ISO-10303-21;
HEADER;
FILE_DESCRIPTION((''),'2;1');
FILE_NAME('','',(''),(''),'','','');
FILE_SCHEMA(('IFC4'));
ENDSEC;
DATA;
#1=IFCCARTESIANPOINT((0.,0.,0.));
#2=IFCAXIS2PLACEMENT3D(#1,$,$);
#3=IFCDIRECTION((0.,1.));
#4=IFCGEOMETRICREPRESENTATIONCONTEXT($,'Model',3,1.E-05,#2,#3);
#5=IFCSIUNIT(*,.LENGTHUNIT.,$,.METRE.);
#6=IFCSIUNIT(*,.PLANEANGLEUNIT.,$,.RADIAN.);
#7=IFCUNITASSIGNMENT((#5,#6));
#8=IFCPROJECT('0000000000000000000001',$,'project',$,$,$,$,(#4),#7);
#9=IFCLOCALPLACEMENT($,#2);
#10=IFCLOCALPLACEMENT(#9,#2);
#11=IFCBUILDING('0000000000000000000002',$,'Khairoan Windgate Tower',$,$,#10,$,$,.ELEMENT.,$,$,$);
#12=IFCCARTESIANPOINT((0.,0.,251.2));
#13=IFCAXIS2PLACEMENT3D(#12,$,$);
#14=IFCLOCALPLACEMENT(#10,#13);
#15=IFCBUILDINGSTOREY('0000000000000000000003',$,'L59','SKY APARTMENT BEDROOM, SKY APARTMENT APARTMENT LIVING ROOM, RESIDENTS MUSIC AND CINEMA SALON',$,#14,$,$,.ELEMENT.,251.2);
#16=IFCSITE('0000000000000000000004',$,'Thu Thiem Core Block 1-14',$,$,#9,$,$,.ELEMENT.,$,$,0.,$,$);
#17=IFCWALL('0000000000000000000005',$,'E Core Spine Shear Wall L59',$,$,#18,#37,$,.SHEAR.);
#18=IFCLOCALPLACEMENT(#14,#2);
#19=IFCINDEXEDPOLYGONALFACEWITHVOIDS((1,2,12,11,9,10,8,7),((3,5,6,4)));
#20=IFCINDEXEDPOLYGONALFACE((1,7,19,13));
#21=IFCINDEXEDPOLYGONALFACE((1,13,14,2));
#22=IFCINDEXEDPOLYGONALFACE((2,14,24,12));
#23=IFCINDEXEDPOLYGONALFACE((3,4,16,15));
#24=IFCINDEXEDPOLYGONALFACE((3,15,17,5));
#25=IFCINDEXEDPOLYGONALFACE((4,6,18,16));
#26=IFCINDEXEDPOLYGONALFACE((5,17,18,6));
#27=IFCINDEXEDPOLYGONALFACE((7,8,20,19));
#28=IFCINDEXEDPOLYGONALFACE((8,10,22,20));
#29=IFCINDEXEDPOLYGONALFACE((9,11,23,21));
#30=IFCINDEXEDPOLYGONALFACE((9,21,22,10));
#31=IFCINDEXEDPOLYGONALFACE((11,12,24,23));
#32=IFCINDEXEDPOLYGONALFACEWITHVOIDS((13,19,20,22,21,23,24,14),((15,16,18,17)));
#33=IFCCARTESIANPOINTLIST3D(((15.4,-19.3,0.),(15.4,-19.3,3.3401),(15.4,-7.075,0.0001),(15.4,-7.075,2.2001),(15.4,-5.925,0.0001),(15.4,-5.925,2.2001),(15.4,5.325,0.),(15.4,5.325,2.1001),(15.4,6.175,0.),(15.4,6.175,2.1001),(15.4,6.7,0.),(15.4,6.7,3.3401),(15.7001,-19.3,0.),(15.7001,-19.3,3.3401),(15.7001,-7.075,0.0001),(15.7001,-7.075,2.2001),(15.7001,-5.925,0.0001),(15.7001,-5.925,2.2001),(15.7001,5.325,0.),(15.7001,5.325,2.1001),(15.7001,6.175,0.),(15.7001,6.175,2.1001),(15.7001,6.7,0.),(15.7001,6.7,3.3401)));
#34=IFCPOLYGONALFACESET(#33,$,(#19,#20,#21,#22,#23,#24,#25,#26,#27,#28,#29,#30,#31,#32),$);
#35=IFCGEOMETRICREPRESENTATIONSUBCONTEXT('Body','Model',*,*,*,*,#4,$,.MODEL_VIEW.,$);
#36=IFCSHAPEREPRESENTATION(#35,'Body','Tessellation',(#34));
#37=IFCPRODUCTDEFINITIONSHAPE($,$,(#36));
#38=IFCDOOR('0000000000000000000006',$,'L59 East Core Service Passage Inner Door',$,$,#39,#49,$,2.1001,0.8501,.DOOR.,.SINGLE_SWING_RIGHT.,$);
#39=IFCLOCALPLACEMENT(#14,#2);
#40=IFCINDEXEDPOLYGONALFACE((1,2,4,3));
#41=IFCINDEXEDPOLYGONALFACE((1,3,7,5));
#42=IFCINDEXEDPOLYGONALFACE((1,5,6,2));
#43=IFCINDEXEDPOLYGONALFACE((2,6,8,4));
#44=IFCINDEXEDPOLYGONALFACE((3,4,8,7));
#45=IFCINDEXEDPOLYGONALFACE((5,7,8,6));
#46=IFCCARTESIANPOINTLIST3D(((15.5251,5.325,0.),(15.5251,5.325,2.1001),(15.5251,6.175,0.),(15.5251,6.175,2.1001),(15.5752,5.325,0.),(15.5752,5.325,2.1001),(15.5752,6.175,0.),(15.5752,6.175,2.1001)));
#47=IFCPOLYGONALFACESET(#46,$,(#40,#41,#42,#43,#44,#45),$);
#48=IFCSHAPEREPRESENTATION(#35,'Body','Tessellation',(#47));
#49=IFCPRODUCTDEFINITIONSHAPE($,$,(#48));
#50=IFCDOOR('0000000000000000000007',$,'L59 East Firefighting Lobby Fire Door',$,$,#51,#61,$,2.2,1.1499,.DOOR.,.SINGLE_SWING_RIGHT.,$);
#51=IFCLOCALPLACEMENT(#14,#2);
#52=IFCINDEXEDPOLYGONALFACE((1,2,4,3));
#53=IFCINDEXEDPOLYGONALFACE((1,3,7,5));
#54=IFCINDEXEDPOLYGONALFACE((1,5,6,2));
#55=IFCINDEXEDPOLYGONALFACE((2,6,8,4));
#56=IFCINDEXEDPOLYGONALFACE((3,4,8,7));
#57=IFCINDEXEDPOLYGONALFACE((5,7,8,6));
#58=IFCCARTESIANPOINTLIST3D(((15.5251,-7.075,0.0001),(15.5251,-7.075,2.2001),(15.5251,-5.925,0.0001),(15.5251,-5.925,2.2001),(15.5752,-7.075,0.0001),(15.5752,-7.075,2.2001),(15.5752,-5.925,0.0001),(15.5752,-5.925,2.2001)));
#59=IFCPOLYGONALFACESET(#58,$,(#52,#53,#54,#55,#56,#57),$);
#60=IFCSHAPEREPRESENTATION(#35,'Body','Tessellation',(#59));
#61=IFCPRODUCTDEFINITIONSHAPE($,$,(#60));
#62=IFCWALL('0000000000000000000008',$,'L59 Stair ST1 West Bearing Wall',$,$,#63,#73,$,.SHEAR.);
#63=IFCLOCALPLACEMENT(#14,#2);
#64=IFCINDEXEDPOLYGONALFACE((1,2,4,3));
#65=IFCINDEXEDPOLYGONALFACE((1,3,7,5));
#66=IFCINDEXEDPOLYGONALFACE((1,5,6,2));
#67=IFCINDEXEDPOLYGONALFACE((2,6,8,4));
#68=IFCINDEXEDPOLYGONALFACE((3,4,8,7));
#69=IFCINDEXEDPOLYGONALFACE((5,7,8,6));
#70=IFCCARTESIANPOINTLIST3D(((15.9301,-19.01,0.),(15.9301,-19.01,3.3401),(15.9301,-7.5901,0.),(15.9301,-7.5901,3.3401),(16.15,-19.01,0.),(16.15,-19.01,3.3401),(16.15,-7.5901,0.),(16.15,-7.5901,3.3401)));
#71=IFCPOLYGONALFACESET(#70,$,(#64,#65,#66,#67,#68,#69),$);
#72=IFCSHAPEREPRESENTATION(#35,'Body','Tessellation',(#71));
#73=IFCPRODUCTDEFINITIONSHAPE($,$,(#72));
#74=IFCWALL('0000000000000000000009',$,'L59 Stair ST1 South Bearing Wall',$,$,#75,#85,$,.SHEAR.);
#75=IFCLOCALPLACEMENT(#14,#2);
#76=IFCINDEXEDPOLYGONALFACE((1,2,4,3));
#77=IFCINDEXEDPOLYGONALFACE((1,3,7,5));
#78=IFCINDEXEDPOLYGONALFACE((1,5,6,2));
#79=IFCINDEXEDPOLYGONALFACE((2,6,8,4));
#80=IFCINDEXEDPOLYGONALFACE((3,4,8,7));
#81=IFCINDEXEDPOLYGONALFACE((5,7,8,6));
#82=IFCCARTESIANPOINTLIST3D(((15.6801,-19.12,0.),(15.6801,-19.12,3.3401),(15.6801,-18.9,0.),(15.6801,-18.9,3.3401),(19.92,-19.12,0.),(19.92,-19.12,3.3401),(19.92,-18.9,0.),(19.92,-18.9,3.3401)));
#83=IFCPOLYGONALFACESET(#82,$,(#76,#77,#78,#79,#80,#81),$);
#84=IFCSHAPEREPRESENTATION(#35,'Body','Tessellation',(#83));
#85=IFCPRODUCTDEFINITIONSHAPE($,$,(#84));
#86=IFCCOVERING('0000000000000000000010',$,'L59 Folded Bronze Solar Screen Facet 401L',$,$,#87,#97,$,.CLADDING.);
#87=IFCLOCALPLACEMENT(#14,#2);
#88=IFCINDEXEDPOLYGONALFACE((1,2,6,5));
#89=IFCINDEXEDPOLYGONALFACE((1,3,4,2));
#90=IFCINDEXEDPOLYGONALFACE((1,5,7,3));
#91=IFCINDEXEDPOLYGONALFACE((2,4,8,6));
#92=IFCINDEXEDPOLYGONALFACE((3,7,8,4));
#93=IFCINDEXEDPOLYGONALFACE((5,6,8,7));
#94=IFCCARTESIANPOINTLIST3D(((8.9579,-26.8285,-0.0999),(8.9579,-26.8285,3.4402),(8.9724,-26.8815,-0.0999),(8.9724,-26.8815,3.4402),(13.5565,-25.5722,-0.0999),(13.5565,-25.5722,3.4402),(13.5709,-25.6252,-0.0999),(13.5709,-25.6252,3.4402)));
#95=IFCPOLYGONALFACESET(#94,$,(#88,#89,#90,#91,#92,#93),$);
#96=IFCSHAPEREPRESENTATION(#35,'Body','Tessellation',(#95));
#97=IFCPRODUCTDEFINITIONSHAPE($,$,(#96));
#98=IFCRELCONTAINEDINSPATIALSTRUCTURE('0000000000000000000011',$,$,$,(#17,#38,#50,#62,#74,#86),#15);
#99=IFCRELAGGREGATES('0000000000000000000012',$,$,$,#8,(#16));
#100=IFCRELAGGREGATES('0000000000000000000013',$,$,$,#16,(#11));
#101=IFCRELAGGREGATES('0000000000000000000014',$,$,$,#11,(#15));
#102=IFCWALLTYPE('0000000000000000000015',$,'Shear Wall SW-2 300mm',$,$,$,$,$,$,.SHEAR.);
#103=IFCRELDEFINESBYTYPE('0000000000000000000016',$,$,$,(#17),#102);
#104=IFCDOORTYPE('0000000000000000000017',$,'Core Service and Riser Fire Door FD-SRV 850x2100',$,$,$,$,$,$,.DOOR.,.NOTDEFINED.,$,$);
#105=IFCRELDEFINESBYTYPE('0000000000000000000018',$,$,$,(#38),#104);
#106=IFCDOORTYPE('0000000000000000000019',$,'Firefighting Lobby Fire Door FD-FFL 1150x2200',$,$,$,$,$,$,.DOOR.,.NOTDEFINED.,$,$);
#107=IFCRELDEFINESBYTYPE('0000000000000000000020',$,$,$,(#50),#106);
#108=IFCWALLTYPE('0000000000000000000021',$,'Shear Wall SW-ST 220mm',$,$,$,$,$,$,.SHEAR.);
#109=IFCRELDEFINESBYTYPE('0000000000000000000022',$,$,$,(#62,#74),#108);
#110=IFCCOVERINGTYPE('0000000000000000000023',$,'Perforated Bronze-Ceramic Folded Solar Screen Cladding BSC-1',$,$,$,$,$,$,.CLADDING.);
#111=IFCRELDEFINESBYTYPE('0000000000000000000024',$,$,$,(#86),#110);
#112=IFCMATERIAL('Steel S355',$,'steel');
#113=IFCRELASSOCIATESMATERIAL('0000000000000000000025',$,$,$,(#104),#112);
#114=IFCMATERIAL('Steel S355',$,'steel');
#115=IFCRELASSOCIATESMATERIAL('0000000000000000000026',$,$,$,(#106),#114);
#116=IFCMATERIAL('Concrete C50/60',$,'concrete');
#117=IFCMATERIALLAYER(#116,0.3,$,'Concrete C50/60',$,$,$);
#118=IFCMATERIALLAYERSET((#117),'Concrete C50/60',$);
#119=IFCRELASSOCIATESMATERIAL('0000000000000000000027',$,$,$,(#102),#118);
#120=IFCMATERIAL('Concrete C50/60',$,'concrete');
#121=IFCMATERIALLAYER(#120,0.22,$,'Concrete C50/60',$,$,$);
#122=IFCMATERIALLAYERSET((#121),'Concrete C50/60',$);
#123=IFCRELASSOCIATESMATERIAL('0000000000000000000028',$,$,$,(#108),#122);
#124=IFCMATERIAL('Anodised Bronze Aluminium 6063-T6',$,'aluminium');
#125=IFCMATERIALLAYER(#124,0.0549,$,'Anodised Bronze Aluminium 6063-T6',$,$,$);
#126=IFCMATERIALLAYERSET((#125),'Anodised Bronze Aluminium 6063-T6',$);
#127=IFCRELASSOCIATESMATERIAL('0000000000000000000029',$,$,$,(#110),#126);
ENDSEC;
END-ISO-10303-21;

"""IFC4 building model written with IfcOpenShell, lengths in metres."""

from ifc_helpers import new_model, si_unit, direction, frame, frame_2d, origin, origin_2d, place, context, subcontext, project, spatial, rectangle, extrude, material, layer, layer_set, type_object, element, fill, save


model = new_model("IFC4")

# Units and contexts
model_context = context("Model", 3, precision=1e-05, world=origin(), true_north=direction((0.0, 1.0)))
body_context = subcontext(model_context, "Body", "Model", "MODEL_VIEW")
ifc_project = project(units=[si_unit("LENGTHUNIT", "METRE"), si_unit("PLANEANGLEUNIT", "RADIAN")], contexts=[model_context])

# Site, building, storey
site_placement = place(None, origin())
site = spatial("IfcSite", under=ifc_project, at=site_placement, Name="Thu Thiem Core Block 1-14", CompositionType="ELEMENT", RefElevation=0.0)
building_placement = place(site_placement, origin())
building = spatial("IfcBuilding", under=site, at=building_placement, Name="Khairoan Windgate Tower", CompositionType="ELEMENT")
storey_placement = place(building_placement, frame((0.0, 0.0, 251.2)))
storey = spatial("IfcBuildingStorey", under=building, at=storey_placement, Name="L59", Description="SKY APARTMENT BEDROOM, SKY APARTMENT APARTMENT LIVING ROOM, RESIDENTS MUSIC AND CINEMA SALON", CompositionType="ELEMENT", Elevation=251.2)

# Shared definitions
ifc_material_1 = material(Name="Steel S355", Category="steel")
door_type_1 = type_object("IfcDoorType", Name="Core Service and Riser Fire Door FD-SRV 850x2100", OperationType="NOTDEFINED", PredefinedType="DOOR", material=ifc_material_1)
ifc_material_2 = material(Name="Steel S355", Category="steel")
door_type_2 = type_object("IfcDoorType", Name="Firefighting Lobby Fire Door FD-FFL 1150x2200", OperationType="NOTDEFINED", PredefinedType="DOOR", material=ifc_material_2)

# Wall, openings, doors
ifc_material_3 = material(Name="Concrete C50/60", Category="concrete")
ifc_layer_1 = layer(ifc_material_3, 0.3, Name="Concrete C50/60")
ifc_layer_set_1 = layer_set([ifc_layer_1], Name="Concrete C50/60")
wall_type_1 = type_object("IfcWallType", Name="Shear Wall SW-2 300mm", PredefinedType="SHEAR", material=ifc_layer_set_1)
wall_1_placement = place(storey_placement, frame((15.55, -19.3, 0.0), z_axis=(0.0, 0.0, 1.0), x_axis=(0.0, 1.0, 0.0)))
wall_1 = element("IfcWall", 1, at=wall_1_placement, inside=storey, type_object=wall_type_1, Name="E Core Spine Shear Wall L59", PredefinedType="SHEAR", context=body_context, shape_type="SweptSolid", body=[
    extrude(rectangle(XDim=26.0, YDim=0.3, at=frame_2d((13.0, 0.0))), origin(), (0.0, 0.0, 1.0), 3.3401),
])
opening_1_placement = place(wall_1_placement, frame((12.2251, 0.0, 0.0)))
opening_1 = element("IfcOpeningElement", 2, at=opening_1_placement, cuts=wall_1, PredefinedType="OPENING", context=body_context, shape_type="SweptSolid", body=[
    extrude(rectangle(XDim=1.1499, YDim=2.2, at=frame_2d((0.575, 1.1001))), frame((0.0, 0.1599, 0.0), z_axis=(0.0, -1.0, 0.0), x_axis=(1.0, 0.0, 0.0)), (0.0, 0.0, 1.0), 0.3201),
])
opening_2_placement = place(wall_1_placement, frame((24.625, 0.0, 0.0)))
opening_2 = element("IfcOpeningElement", 3, at=opening_2_placement, cuts=wall_1, PredefinedType="OPENING", context=body_context, shape_type="SweptSolid", body=[
    extrude(rectangle(XDim=0.8501, YDim=2.1001, at=frame_2d((0.425, 1.05))), frame((0.0, 0.1599, 0.0), z_axis=(0.0, -1.0, 0.0), x_axis=(1.0, 0.0, 0.0)), (0.0, 0.0, 1.0), 0.3201),
])
door_1_placement = place(opening_2_placement, origin())
door_1 = element("IfcDoor", 4, at=door_1_placement, inside=storey, type_object=door_type_1, Name="L59 East Core Service Passage Inner Door", OperationType="SINGLE_SWING_RIGHT", OverallHeight=2.1001, OverallWidth=0.8501, PredefinedType="DOOR", context=body_context, shape_type="SweptSolid", body=[
    extrude(rectangle(XDim=0.8501, YDim=2.1001, at=frame_2d((0.425, 1.05))), frame((0.0, 0.0249, 0.0), z_axis=(0.0, -1.0, 0.0), x_axis=(1.0, 0.0, 0.0)), (0.0, 0.0, 1.0), 0.05),
])
fill(opening_2, door_1)
door_2_placement = place(opening_1_placement, origin())
door_2 = element("IfcDoor", 5, at=door_2_placement, inside=storey, type_object=door_type_2, Name="L59 East Firefighting Lobby Fire Door", OperationType="SINGLE_SWING_RIGHT", OverallHeight=2.2, OverallWidth=1.1499, PredefinedType="DOOR", context=body_context, shape_type="SweptSolid", body=[
    extrude(rectangle(XDim=1.1499, YDim=2.2, at=frame_2d((0.575, 1.1001))), frame((0.0, 0.0249, 0.0), z_axis=(0.0, -1.0, 0.0), x_axis=(1.0, 0.0, 0.0)), (0.0, 0.0, 1.0), 0.05),
])
fill(opening_1, door_2)

# Walls
ifc_material_4 = material(Name="Concrete C50/60", Category="concrete")
ifc_layer_2 = layer(ifc_material_4, 0.22, Name="Concrete C50/60")
ifc_layer_set_2 = layer_set([ifc_layer_2], Name="Concrete C50/60")
wall_type_2 = type_object("IfcWallType", Name="Shear Wall SW-ST 220mm", PredefinedType="SHEAR", material=ifc_layer_set_2)
wall_2_placement = place(storey_placement, frame((16.04, -19.01, 0.0), z_axis=(0.0, 0.0, 1.0), x_axis=(0.0, 1.0, 0.0)))
element("IfcWall", 6, at=wall_2_placement, inside=storey, type_object=wall_type_2, Name="L59 Stair ST1 West Bearing Wall", PredefinedType="SHEAR", context=body_context, shape_type="SweptSolid", body=[
    extrude(rectangle(XDim=11.4199, YDim=0.22, at=frame_2d((5.71, 0.0))), origin(), (0.0, 0.0, 1.0), 3.3401),
])
wall_3_placement = place(storey_placement, frame((15.6799, -19.01, 0.0), z_axis=(0.0, 0.0, 1.0), x_axis=(1.0, 0.0, 0.0)))
element("IfcWall", 7, at=wall_3_placement, inside=storey, type_object=wall_type_2, Name="L59 Stair ST1 South Bearing Wall", PredefinedType="SHEAR", context=body_context, shape_type="SweptSolid", body=[
    extrude(rectangle(XDim=4.24, YDim=0.22, at=frame_2d((2.1201, 0.0))), origin(), (0.0, 0.0, 1.0), 3.3401),
])

# Covering
ifc_material_5 = material(Name="Anodised Bronze Aluminium 6063-T6", Category="aluminium")
ifc_layer_3 = layer(ifc_material_5, 0.0549, Name="Anodised Bronze Aluminium 6063-T6")
ifc_layer_set_3 = layer_set([ifc_layer_3], Name="Anodised Bronze Aluminium 6063-T6")
covering_type = type_object("IfcCoveringType", Name="Perforated Bronze-Ceramic Folded Solar Screen Cladding BSC-1", PredefinedType="CLADDING", material=ifc_layer_set_3)
covering_placement = place(storey_placement, frame((11.2644, -26.2268, -0.0999), z_axis=(0.0, 0.0, 1.0), x_axis=(-0.964649, -0.263536, 0.0)))
element("IfcCovering", 8, at=covering_placement, inside=storey, type_object=covering_type, Name="L59 Folded Bronze Solar Screen Facet 401L", PredefinedType="CLADDING", context=body_context, shape_type="SweptSolid", body=[
    extrude(rectangle(XDim=4.7671, YDim=0.0549, at=origin_2d()), origin(), (0.0, 0.0, 1.0), 3.54),
])

save(model, "model.ifc")
